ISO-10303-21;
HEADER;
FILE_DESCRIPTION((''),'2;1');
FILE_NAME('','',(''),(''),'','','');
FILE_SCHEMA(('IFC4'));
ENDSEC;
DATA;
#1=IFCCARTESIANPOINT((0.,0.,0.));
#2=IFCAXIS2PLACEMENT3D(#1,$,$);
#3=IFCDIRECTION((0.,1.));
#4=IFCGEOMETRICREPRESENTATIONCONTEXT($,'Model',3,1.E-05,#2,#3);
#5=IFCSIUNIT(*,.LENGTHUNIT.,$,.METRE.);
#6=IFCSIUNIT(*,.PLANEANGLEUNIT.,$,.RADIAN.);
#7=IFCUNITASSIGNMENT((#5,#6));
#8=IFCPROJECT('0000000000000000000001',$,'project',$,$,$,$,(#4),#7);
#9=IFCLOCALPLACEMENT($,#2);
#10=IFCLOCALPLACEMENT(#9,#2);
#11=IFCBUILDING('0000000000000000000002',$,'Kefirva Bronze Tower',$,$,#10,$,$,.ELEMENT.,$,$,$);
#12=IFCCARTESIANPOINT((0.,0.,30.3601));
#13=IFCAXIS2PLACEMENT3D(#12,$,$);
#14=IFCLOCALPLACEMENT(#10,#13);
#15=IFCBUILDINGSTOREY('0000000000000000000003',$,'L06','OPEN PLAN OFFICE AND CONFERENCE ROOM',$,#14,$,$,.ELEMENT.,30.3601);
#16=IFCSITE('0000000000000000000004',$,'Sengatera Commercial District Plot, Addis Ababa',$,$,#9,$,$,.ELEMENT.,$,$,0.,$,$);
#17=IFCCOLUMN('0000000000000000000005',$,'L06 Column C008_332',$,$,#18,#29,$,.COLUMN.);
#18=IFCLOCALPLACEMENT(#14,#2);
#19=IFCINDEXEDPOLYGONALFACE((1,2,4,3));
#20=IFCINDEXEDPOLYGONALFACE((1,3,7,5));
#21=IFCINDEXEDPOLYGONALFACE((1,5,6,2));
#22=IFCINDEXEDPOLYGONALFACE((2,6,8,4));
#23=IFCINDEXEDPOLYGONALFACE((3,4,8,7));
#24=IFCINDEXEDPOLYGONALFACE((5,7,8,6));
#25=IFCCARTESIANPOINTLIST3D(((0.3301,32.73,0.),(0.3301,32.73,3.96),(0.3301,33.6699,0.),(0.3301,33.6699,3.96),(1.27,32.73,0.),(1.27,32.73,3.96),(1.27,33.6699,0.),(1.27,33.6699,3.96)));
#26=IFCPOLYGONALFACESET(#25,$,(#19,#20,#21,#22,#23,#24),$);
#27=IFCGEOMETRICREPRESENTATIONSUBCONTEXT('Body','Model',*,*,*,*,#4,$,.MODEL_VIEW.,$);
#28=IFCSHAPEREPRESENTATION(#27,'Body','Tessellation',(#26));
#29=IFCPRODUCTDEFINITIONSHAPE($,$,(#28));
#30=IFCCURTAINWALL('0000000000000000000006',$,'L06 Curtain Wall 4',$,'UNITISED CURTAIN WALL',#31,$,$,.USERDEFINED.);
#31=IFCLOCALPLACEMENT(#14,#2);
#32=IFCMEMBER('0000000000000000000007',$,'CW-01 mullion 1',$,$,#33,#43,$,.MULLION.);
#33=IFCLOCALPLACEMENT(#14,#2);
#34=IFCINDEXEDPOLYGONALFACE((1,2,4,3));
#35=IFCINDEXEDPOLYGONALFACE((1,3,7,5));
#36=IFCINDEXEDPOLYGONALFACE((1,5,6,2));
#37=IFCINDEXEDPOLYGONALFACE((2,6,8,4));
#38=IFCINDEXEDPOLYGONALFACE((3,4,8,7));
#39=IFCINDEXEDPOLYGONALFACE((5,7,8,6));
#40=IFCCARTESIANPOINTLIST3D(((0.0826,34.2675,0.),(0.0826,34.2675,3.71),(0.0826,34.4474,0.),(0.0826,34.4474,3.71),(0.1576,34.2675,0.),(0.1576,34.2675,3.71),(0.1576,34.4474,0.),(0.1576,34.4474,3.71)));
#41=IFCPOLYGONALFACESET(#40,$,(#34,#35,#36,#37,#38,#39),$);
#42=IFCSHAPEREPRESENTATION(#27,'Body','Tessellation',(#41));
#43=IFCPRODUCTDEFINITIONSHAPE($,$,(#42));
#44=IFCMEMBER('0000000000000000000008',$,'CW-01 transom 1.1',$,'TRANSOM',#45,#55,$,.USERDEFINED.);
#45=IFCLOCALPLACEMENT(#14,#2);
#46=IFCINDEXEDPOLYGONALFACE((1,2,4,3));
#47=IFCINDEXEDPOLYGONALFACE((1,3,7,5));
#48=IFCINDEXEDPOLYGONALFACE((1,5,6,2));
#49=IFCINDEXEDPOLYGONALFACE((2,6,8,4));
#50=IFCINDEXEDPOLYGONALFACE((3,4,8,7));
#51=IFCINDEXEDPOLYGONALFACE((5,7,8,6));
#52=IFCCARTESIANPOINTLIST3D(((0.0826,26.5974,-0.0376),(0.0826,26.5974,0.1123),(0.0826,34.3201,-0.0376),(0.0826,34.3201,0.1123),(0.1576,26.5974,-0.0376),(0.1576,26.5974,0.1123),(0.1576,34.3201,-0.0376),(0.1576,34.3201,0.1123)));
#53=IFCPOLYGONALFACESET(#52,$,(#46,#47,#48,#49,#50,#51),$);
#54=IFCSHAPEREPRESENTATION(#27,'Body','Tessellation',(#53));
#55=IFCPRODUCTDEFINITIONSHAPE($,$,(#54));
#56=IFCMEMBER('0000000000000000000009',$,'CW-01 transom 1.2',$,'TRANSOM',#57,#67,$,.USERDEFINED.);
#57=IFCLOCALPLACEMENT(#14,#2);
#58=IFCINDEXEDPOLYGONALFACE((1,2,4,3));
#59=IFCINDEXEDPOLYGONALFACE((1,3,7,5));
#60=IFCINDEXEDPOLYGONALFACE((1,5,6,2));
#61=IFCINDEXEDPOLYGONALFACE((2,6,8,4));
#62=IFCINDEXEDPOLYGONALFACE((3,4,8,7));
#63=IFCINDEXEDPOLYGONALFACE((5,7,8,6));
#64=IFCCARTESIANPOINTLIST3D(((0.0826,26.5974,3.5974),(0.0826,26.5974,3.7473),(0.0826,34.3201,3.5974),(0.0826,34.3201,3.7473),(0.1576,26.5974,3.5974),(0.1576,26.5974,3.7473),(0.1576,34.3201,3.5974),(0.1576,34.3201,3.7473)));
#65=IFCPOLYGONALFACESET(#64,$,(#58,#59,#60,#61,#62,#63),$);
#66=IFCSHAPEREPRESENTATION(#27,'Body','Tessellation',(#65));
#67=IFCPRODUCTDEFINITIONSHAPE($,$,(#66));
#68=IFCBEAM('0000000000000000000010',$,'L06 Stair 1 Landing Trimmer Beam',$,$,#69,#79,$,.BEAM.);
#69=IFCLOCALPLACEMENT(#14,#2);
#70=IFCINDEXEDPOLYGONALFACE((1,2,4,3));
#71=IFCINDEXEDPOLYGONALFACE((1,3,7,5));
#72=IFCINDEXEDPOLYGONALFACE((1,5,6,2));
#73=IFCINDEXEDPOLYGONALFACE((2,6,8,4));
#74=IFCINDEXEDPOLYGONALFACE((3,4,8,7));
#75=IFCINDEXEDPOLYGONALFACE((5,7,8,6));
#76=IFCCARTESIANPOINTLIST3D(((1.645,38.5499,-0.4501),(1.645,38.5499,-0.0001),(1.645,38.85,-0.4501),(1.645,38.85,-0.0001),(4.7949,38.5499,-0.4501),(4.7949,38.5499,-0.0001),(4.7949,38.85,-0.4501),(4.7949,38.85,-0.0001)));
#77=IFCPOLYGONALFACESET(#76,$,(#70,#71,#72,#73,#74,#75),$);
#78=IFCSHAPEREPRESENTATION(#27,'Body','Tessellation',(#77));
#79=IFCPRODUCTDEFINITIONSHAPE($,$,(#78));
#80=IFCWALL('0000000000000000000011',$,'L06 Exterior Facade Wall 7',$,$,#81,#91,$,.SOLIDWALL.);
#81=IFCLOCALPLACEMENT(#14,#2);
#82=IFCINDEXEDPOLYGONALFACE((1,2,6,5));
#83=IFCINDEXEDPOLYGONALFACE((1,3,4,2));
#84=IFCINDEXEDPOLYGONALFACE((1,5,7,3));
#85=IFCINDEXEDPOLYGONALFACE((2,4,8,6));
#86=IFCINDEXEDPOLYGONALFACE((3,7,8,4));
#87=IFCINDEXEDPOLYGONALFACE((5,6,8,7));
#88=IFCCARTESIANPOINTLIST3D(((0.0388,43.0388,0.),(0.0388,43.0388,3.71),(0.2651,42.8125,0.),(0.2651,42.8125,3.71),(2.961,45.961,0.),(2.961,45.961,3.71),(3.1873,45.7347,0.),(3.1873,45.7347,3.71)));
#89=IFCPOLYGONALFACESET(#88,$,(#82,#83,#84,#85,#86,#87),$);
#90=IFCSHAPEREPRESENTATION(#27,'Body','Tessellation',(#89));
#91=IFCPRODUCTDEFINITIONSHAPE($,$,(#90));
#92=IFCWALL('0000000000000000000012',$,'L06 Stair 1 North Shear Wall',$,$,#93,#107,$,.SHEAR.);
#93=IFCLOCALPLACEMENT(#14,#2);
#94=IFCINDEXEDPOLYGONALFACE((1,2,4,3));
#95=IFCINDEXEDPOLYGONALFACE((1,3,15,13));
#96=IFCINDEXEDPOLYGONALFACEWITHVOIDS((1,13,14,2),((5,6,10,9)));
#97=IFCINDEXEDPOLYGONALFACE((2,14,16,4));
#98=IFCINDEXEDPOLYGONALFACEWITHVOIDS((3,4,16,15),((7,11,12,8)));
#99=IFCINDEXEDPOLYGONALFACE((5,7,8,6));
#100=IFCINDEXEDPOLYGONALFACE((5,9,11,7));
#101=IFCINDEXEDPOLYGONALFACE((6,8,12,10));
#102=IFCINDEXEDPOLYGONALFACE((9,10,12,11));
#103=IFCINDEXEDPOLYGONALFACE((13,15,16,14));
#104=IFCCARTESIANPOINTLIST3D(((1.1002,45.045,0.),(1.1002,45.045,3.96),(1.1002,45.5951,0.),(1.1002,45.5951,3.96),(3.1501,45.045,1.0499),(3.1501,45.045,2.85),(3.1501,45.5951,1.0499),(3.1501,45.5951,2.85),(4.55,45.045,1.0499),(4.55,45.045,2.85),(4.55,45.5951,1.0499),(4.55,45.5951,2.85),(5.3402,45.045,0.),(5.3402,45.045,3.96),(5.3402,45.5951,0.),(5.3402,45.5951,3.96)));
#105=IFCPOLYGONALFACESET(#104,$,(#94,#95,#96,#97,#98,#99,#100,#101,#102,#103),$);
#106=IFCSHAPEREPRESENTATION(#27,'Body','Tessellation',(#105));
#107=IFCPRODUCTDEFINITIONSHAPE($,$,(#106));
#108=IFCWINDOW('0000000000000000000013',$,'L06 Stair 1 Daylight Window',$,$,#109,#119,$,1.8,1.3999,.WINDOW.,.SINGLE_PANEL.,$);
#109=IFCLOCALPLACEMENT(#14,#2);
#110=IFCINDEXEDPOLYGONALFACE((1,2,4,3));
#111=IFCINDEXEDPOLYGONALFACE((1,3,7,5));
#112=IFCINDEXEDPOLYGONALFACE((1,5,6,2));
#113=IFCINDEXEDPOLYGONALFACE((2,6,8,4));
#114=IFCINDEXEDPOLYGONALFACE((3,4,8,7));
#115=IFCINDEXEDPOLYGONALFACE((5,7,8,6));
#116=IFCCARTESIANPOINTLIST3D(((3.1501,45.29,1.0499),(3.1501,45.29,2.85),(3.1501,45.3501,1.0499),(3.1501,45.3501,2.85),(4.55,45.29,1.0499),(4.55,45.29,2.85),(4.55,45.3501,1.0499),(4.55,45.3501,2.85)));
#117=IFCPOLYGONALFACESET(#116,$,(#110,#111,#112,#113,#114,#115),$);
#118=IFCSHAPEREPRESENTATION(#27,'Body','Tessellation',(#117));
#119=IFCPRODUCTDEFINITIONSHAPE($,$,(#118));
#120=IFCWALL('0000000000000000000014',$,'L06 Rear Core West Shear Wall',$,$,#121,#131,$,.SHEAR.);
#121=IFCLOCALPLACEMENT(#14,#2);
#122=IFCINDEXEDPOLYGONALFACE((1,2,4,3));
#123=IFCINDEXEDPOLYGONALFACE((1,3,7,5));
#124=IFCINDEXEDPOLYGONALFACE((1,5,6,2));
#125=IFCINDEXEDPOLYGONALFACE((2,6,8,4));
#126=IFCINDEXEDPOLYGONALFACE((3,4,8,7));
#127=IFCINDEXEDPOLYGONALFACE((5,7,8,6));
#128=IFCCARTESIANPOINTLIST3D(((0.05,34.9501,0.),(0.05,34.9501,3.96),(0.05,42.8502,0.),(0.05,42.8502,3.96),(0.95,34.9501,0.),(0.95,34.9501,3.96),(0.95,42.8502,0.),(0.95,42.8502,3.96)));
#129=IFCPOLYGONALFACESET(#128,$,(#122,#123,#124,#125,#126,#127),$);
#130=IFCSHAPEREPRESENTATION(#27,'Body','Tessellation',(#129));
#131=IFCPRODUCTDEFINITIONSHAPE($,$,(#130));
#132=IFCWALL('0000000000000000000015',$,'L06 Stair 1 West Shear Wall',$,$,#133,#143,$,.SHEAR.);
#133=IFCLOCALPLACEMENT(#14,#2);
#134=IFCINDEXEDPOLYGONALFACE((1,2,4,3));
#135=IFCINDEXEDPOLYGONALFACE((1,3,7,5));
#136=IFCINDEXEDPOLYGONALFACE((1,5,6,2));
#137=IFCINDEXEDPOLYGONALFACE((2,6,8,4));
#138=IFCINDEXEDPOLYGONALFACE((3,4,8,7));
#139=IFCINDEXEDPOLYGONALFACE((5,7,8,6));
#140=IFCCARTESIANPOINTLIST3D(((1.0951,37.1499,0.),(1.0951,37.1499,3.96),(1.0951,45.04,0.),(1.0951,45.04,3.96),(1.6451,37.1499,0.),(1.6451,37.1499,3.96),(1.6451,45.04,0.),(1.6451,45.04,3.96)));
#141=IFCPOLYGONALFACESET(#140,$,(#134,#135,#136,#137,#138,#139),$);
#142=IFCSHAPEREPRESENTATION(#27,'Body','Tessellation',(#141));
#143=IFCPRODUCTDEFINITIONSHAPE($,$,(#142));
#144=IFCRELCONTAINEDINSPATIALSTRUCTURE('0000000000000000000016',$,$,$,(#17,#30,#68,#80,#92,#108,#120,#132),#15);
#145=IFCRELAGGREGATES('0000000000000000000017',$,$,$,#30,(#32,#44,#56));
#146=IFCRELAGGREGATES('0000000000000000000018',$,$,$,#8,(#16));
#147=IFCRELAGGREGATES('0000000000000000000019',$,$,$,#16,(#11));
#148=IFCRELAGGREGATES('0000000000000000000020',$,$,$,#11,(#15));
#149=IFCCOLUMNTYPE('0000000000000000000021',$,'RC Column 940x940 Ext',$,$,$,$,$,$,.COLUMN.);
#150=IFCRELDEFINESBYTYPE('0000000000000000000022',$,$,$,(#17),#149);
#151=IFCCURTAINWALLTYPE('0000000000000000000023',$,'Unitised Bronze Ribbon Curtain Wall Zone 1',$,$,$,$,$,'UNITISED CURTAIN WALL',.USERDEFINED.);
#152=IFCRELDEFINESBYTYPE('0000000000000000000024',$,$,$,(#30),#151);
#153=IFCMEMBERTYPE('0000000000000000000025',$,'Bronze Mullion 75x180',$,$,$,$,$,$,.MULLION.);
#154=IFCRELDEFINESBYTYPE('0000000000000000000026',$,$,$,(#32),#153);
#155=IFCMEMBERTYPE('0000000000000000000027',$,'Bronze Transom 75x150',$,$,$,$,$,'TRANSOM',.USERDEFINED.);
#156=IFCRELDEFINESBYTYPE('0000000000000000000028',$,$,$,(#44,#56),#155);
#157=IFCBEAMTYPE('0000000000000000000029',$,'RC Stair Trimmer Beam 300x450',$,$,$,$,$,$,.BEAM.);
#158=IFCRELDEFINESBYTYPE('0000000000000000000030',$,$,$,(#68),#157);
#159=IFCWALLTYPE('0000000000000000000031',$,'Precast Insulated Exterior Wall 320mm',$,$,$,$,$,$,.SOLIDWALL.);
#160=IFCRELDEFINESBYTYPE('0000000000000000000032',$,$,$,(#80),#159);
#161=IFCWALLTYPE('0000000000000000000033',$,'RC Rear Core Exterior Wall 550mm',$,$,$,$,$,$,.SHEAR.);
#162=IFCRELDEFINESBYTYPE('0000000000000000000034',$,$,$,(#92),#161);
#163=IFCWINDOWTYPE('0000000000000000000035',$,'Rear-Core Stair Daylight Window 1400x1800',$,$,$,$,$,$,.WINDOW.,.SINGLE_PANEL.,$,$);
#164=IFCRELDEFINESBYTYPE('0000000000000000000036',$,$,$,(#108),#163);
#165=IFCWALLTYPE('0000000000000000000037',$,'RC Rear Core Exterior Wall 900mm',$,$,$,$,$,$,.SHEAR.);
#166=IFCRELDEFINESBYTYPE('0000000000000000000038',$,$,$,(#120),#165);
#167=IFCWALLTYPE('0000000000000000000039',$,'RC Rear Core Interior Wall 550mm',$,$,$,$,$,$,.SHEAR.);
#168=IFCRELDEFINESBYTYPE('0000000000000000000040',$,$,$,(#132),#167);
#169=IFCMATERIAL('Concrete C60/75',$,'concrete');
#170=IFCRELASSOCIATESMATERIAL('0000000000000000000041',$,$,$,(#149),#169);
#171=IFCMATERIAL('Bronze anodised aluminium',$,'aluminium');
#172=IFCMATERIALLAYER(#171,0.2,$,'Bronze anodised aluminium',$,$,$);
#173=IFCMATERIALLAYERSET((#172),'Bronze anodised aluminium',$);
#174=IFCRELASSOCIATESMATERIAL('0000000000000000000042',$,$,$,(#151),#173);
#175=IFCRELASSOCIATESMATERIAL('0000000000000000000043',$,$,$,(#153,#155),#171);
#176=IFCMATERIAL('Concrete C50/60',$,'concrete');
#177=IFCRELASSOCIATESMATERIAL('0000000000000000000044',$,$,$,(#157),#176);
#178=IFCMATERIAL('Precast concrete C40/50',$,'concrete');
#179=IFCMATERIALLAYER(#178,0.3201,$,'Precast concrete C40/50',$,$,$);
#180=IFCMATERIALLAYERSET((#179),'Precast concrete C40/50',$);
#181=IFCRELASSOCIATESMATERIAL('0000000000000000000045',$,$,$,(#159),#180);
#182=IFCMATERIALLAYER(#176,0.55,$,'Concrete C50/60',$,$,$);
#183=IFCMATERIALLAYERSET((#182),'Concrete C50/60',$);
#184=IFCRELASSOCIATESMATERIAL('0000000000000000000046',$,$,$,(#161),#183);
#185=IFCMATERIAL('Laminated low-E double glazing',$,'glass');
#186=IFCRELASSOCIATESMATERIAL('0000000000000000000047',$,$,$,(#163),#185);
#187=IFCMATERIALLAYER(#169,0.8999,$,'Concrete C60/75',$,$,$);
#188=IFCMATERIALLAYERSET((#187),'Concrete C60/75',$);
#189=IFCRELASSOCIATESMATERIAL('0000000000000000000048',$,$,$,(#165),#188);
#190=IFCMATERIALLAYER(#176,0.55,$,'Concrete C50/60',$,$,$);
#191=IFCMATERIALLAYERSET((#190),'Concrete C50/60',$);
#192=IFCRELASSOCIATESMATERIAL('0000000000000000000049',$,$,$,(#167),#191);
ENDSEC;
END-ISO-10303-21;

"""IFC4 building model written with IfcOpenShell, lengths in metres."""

from ifc_helpers import new_model, si_unit, direction, frame, frame_2d, origin, origin_2d, place, context, subcontext, project, spatial, rectangle, extrude, material, layer, layer_set, material_profile, profile_set, type_object, element, fill, aggregate, save


model = new_model("IFC4")

# Units and contexts
model_context = context("Model", 3, precision=1e-05, world=origin(), true_north=direction((0.0, 1.0)))
body_context = subcontext(model_context, "Body", "Model", "MODEL_VIEW")
ifc_project = project(units=[si_unit("LENGTHUNIT", "METRE"), si_unit("PLANEANGLEUNIT", "RADIAN")], contexts=[model_context])

# Site, building, storey
site_placement = place(None, origin())
site = spatial("IfcSite", under=ifc_project, at=site_placement, Name="Sengatera Commercial District Plot, Addis Ababa", CompositionType="ELEMENT", RefElevation=0.0)
building_placement = place(site_placement, origin())
building = spatial("IfcBuilding", under=site, at=building_placement, Name="Kefirva Bronze Tower", CompositionType="ELEMENT")
storey_placement = place(building_placement, frame((0.0, 0.0, 30.3601)))
storey = spatial("IfcBuildingStorey", under=building, at=storey_placement, Name="L06", Description="OPEN PLAN OFFICE AND CONFERENCE ROOM", CompositionType="ELEMENT", Elevation=30.3601)

# Column
ifc_material_1 = material(Name="Concrete C60/75", Category="concrete")
ifc_material_profile_1 = material_profile(ifc_material_1, rectangle(XDim=0.9399, YDim=0.9399, at=origin_2d()), Name="RC 940x940")
ifc_profile_set_1 = profile_set([ifc_material_profile_1], Name="Concrete C60/75")
column_type = type_object("IfcColumnType", Name="RC Column 940x940 Ext", PredefinedType="COLUMN", material=ifc_profile_set_1)
column_placement = place(storey_placement, frame((0.8, 33.2, 0.0), z_axis=(0.0, 0.0, 1.0), x_axis=(1.0, 0.0, 0.0)))
element("IfcColumn", 1, at=column_placement, inside=storey, type_object=column_type, Name="L06 Column C008_332", PredefinedType="COLUMN", context=body_context, shape_type="SweptSolid", body=[
    extrude(rectangle(XDim=0.9399, YDim=0.9399, at=origin_2d()), origin(), (0.0, 0.0, 1.0), 3.96),
])

# Curtain wall, members
ifc_material_2 = material(Name="Bronze anodised aluminium", Category="aluminium")
ifc_layer_1 = layer(ifc_material_2, 0.2, Name="Bronze anodised aluminium")
ifc_layer_set_1 = layer_set([ifc_layer_1], Name="Bronze anodised aluminium")
curtain_wall_type = type_object("IfcCurtainWallType", Name="Unitised Bronze Ribbon Curtain Wall Zone 1", ElementType="UNITISED CURTAIN WALL", PredefinedType="USERDEFINED", material=ifc_layer_set_1)
curtain_wall_placement = place(storey_placement, origin())
curtain_wall = element("IfcCurtainWall", 2, at=curtain_wall_placement, inside=storey, type_object=curtain_wall_type, Name="L06 Curtain Wall 4", ObjectType="UNITISED CURTAIN WALL", PredefinedType="USERDEFINED")
ifc_material_profile_2 = material_profile(ifc_material_2, rectangle(XDim=0.075, YDim=0.1799, at=origin_2d()), Name="ALU 75x180")
ifc_profile_set_2 = profile_set([ifc_material_profile_2], Name="Bronze anodised aluminium")
member_type_1 = type_object("IfcMemberType", Name="Bronze Mullion 75x180", PredefinedType="MULLION", material=ifc_profile_set_2)
member_1_placement = place(storey_placement, frame((0.1201, 34.3574, 0.0), z_axis=(0.0, 0.0, 1.0), x_axis=(1.0, 0.0, 0.0)))
member_1 = element("IfcMember", 3, at=member_1_placement, type_object=member_type_1, Name="CW-01 mullion 1", PredefinedType="MULLION", context=body_context, shape_type="SweptSolid", body=[
    extrude(rectangle(XDim=0.075, YDim=0.1799, at=origin_2d()), origin(), (0.0, 0.0, 1.0), 3.71),
])
ifc_material_profile_3 = material_profile(ifc_material_2, rectangle(XDim=0.075, YDim=0.1499, at=origin_2d()), Name="ALU 75x150")
ifc_profile_set_3 = profile_set([ifc_material_profile_3], Name="Bronze anodised aluminium")
member_type_2 = type_object("IfcMemberType", Name="Bronze Transom 75x150", ElementType="TRANSOM", PredefinedType="USERDEFINED", material=ifc_profile_set_3)
member_2_placement = place(storey_placement, frame((0.1201, 34.3201, 0.0374), z_axis=(0.0, -1.0, 0.0), x_axis=(1.0, 0.0, 0.0)))
member_2 = element("IfcMember", 4, at=member_2_placement, type_object=member_type_2, Name="CW-01 transom 1.1", ObjectType="TRANSOM", PredefinedType="USERDEFINED", context=body_context, shape_type="SweptSolid", body=[
    extrude(rectangle(XDim=0.075, YDim=0.1499, at=origin_2d()), origin(), (0.0, 0.0, 1.0), 7.7227),
])
member_3_placement = place(storey_placement, frame((0.1201, 34.3201, 3.6724), z_axis=(0.0, -1.0, 0.0), x_axis=(1.0, 0.0, 0.0)))
member_3 = element("IfcMember", 5, at=member_3_placement, type_object=member_type_2, Name="CW-01 transom 1.2", ObjectType="TRANSOM", PredefinedType="USERDEFINED", context=body_context, shape_type="SweptSolid", body=[
    extrude(rectangle(XDim=0.075, YDim=0.1499, at=origin_2d()), origin(), (0.0, 0.0, 1.0), 7.7227),
])
aggregate(curtain_wall, [member_1, member_2, member_3])

# Beam
ifc_material_3 = material(Name="Concrete C50/60", Category="concrete")
ifc_material_profile_4 = material_profile(ifc_material_3, rectangle(XDim=0.3, YDim=0.45, at=origin_2d()), Name="RC 300x450")
ifc_profile_set_4 = profile_set([ifc_material_profile_4], Name="Concrete C50/60")
beam_type = type_object("IfcBeamType", Name="RC Stair Trimmer Beam 300x450", PredefinedType="BEAM", material=ifc_profile_set_4)
beam_placement = place(storey_placement, frame((1.645, 38.7, -0.2251), z_axis=(1.0, 0.0, 0.0), x_axis=(0.0, 1.0, 0.0)))
element("IfcBeam", 6, at=beam_placement, inside=storey, type_object=beam_type, Name="L06 Stair 1 Landing Trimmer Beam", PredefinedType="BEAM", context=body_context, shape_type="SweptSolid", body=[
    extrude(rectangle(XDim=0.3, YDim=0.45, at=origin_2d()), origin(), (0.0, 0.0, 1.0), 3.1499),
])

# Wall
ifc_material_4 = material(Name="Precast concrete C40/50", Category="concrete")
ifc_layer_2 = layer(ifc_material_4, 0.3201, Name="Precast concrete C40/50")
ifc_layer_set_2 = layer_set([ifc_layer_2], Name="Precast concrete C40/50")
wall_type_1 = type_object("IfcWallType", Name="Precast Insulated Exterior Wall 320mm", PredefinedType="SOLIDWALL", material=ifc_layer_set_2)
wall_1_placement = place(storey_placement, frame((3.0742, 45.8479, 0.0), z_axis=(0.0, 0.0, 1.0), x_axis=(-0.707107, -0.707107, 0.0)))
element("IfcWall", 7, at=wall_1_placement, inside=storey, type_object=wall_type_1, Name="L06 Exterior Facade Wall 7", PredefinedType="SOLIDWALL", context=body_context, shape_type="SweptSolid", body=[
    extrude(rectangle(XDim=4.1326, YDim=0.3201, at=frame_2d((2.0664, 0.0))), origin(), (0.0, 0.0, 1.0), 3.71),
])

# Wall, opening, window
ifc_layer_3 = layer(ifc_material_3, 0.55, Name="Concrete C50/60")
ifc_layer_set_3 = layer_set([ifc_layer_3], Name="Concrete C50/60")
wall_type_2 = type_object("IfcWallType", Name="RC Rear Core Exterior Wall 550mm", PredefinedType="SHEAR", material=ifc_layer_set_3)
wall_2_placement = place(storey_placement, frame((1.1001, 45.3201, 0.0), z_axis=(0.0, 0.0, 1.0), x_axis=(1.0, 0.0, 0.0)))
wall_2 = element("IfcWall", 8, at=wall_2_placement, inside=storey, type_object=wall_type_2, Name="L06 Stair 1 North Shear Wall", PredefinedType="SHEAR", context=body_context, shape_type="SweptSolid", body=[
    extrude(rectangle(XDim=4.24, YDim=0.55, at=frame_2d((2.1201, 0.0))), origin(), (0.0, 0.0, 1.0), 3.96),
])
opening_1_placement = place(wall_2_placement, frame((2.05, 0.0, 1.05)))
opening_1 = element("IfcOpeningElement", 9, at=opening_1_placement, cuts=wall_2, PredefinedType="OPENING", context=body_context, shape_type="SweptSolid", body=[
    extrude(rectangle(XDim=1.3999, YDim=1.8, at=frame_2d((0.7, 0.8999))), frame((0.0, 0.2852, 0.0), z_axis=(0.0, -1.0, 0.0), x_axis=(1.0, 0.0, 0.0)), (0.0, 0.0, 1.0), 0.5701),
])
ifc_material_5 = material(Name="Laminated low-E double glazing", Category="glass")
window_type = type_object("IfcWindowType", Name="Rear-Core Stair Daylight Window 1400x1800", PartitioningType="SINGLE_PANEL", PredefinedType="WINDOW", material=ifc_material_5)
window_placement = place(opening_1_placement, origin())
window = element("IfcWindow", 10, at=window_placement, inside=storey, type_object=window_type, Name="L06 Stair 1 Daylight Window", OverallHeight=1.8, OverallWidth=1.3999, PartitioningType="SINGLE_PANEL", PredefinedType="WINDOW", context=body_context, shape_type="SweptSolid", body=[
    extrude(rectangle(XDim=1.3999, YDim=1.8, at=frame_2d((0.7, 0.8999))), frame((0.0, 0.03, 0.0), z_axis=(0.0, -1.0, 0.0), x_axis=(1.0, 0.0, 0.0)), (0.0, 0.0, 1.0), 0.0601),
])
fill(opening_1, window)

# Walls
ifc_layer_4 = layer(ifc_material_1, 0.8999, Name="Concrete C60/75")
ifc_layer_set_4 = layer_set([ifc_layer_4], Name="Concrete C60/75")
wall_type_3 = type_object("IfcWallType", Name="RC Rear Core Exterior Wall 900mm", PredefinedType="SHEAR", material=ifc_layer_set_4)
wall_3_placement = place(storey_placement, frame((0.5, 34.95, 0.0), z_axis=(0.0, 0.0, 1.0), x_axis=(0.0, 1.0, 0.0)))
element("IfcWall", 11, at=wall_3_placement, inside=storey, type_object=wall_type_3, Name="L06 Rear Core West Shear Wall", PredefinedType="SHEAR", context=body_context, shape_type="SweptSolid", body=[
    extrude(rectangle(XDim=7.9001, YDim=0.8999, at=frame_2d((3.9502, 0.0))), origin(), (0.0, 0.0, 1.0), 3.96),
])
ifc_layer_5 = layer(ifc_material_3, 0.55, Name="Concrete C50/60")
ifc_layer_set_5 = layer_set([ifc_layer_5], Name="Concrete C50/60")
wall_type_4 = type_object("IfcWallType", Name="RC Rear Core Interior Wall 550mm", PredefinedType="SHEAR", material=ifc_layer_set_5)
wall_4_placement = place(storey_placement, frame((1.3701, 37.1499, 0.0), z_axis=(0.0, 0.0, 1.0), x_axis=(0.0, 1.0, 0.0)))
element("IfcWall", 12, at=wall_4_placement, inside=storey, type_object=wall_type_4, Name="L06 Stair 1 West Shear Wall", PredefinedType="SHEAR", context=body_context, shape_type="SweptSolid", body=[
    extrude(rectangle(XDim=7.8901, YDim=0.55, at=frame_2d((3.9451, 0.0))), origin(), (0.0, 0.0, 1.0), 3.96),
])

save(model, "model.ifc")
